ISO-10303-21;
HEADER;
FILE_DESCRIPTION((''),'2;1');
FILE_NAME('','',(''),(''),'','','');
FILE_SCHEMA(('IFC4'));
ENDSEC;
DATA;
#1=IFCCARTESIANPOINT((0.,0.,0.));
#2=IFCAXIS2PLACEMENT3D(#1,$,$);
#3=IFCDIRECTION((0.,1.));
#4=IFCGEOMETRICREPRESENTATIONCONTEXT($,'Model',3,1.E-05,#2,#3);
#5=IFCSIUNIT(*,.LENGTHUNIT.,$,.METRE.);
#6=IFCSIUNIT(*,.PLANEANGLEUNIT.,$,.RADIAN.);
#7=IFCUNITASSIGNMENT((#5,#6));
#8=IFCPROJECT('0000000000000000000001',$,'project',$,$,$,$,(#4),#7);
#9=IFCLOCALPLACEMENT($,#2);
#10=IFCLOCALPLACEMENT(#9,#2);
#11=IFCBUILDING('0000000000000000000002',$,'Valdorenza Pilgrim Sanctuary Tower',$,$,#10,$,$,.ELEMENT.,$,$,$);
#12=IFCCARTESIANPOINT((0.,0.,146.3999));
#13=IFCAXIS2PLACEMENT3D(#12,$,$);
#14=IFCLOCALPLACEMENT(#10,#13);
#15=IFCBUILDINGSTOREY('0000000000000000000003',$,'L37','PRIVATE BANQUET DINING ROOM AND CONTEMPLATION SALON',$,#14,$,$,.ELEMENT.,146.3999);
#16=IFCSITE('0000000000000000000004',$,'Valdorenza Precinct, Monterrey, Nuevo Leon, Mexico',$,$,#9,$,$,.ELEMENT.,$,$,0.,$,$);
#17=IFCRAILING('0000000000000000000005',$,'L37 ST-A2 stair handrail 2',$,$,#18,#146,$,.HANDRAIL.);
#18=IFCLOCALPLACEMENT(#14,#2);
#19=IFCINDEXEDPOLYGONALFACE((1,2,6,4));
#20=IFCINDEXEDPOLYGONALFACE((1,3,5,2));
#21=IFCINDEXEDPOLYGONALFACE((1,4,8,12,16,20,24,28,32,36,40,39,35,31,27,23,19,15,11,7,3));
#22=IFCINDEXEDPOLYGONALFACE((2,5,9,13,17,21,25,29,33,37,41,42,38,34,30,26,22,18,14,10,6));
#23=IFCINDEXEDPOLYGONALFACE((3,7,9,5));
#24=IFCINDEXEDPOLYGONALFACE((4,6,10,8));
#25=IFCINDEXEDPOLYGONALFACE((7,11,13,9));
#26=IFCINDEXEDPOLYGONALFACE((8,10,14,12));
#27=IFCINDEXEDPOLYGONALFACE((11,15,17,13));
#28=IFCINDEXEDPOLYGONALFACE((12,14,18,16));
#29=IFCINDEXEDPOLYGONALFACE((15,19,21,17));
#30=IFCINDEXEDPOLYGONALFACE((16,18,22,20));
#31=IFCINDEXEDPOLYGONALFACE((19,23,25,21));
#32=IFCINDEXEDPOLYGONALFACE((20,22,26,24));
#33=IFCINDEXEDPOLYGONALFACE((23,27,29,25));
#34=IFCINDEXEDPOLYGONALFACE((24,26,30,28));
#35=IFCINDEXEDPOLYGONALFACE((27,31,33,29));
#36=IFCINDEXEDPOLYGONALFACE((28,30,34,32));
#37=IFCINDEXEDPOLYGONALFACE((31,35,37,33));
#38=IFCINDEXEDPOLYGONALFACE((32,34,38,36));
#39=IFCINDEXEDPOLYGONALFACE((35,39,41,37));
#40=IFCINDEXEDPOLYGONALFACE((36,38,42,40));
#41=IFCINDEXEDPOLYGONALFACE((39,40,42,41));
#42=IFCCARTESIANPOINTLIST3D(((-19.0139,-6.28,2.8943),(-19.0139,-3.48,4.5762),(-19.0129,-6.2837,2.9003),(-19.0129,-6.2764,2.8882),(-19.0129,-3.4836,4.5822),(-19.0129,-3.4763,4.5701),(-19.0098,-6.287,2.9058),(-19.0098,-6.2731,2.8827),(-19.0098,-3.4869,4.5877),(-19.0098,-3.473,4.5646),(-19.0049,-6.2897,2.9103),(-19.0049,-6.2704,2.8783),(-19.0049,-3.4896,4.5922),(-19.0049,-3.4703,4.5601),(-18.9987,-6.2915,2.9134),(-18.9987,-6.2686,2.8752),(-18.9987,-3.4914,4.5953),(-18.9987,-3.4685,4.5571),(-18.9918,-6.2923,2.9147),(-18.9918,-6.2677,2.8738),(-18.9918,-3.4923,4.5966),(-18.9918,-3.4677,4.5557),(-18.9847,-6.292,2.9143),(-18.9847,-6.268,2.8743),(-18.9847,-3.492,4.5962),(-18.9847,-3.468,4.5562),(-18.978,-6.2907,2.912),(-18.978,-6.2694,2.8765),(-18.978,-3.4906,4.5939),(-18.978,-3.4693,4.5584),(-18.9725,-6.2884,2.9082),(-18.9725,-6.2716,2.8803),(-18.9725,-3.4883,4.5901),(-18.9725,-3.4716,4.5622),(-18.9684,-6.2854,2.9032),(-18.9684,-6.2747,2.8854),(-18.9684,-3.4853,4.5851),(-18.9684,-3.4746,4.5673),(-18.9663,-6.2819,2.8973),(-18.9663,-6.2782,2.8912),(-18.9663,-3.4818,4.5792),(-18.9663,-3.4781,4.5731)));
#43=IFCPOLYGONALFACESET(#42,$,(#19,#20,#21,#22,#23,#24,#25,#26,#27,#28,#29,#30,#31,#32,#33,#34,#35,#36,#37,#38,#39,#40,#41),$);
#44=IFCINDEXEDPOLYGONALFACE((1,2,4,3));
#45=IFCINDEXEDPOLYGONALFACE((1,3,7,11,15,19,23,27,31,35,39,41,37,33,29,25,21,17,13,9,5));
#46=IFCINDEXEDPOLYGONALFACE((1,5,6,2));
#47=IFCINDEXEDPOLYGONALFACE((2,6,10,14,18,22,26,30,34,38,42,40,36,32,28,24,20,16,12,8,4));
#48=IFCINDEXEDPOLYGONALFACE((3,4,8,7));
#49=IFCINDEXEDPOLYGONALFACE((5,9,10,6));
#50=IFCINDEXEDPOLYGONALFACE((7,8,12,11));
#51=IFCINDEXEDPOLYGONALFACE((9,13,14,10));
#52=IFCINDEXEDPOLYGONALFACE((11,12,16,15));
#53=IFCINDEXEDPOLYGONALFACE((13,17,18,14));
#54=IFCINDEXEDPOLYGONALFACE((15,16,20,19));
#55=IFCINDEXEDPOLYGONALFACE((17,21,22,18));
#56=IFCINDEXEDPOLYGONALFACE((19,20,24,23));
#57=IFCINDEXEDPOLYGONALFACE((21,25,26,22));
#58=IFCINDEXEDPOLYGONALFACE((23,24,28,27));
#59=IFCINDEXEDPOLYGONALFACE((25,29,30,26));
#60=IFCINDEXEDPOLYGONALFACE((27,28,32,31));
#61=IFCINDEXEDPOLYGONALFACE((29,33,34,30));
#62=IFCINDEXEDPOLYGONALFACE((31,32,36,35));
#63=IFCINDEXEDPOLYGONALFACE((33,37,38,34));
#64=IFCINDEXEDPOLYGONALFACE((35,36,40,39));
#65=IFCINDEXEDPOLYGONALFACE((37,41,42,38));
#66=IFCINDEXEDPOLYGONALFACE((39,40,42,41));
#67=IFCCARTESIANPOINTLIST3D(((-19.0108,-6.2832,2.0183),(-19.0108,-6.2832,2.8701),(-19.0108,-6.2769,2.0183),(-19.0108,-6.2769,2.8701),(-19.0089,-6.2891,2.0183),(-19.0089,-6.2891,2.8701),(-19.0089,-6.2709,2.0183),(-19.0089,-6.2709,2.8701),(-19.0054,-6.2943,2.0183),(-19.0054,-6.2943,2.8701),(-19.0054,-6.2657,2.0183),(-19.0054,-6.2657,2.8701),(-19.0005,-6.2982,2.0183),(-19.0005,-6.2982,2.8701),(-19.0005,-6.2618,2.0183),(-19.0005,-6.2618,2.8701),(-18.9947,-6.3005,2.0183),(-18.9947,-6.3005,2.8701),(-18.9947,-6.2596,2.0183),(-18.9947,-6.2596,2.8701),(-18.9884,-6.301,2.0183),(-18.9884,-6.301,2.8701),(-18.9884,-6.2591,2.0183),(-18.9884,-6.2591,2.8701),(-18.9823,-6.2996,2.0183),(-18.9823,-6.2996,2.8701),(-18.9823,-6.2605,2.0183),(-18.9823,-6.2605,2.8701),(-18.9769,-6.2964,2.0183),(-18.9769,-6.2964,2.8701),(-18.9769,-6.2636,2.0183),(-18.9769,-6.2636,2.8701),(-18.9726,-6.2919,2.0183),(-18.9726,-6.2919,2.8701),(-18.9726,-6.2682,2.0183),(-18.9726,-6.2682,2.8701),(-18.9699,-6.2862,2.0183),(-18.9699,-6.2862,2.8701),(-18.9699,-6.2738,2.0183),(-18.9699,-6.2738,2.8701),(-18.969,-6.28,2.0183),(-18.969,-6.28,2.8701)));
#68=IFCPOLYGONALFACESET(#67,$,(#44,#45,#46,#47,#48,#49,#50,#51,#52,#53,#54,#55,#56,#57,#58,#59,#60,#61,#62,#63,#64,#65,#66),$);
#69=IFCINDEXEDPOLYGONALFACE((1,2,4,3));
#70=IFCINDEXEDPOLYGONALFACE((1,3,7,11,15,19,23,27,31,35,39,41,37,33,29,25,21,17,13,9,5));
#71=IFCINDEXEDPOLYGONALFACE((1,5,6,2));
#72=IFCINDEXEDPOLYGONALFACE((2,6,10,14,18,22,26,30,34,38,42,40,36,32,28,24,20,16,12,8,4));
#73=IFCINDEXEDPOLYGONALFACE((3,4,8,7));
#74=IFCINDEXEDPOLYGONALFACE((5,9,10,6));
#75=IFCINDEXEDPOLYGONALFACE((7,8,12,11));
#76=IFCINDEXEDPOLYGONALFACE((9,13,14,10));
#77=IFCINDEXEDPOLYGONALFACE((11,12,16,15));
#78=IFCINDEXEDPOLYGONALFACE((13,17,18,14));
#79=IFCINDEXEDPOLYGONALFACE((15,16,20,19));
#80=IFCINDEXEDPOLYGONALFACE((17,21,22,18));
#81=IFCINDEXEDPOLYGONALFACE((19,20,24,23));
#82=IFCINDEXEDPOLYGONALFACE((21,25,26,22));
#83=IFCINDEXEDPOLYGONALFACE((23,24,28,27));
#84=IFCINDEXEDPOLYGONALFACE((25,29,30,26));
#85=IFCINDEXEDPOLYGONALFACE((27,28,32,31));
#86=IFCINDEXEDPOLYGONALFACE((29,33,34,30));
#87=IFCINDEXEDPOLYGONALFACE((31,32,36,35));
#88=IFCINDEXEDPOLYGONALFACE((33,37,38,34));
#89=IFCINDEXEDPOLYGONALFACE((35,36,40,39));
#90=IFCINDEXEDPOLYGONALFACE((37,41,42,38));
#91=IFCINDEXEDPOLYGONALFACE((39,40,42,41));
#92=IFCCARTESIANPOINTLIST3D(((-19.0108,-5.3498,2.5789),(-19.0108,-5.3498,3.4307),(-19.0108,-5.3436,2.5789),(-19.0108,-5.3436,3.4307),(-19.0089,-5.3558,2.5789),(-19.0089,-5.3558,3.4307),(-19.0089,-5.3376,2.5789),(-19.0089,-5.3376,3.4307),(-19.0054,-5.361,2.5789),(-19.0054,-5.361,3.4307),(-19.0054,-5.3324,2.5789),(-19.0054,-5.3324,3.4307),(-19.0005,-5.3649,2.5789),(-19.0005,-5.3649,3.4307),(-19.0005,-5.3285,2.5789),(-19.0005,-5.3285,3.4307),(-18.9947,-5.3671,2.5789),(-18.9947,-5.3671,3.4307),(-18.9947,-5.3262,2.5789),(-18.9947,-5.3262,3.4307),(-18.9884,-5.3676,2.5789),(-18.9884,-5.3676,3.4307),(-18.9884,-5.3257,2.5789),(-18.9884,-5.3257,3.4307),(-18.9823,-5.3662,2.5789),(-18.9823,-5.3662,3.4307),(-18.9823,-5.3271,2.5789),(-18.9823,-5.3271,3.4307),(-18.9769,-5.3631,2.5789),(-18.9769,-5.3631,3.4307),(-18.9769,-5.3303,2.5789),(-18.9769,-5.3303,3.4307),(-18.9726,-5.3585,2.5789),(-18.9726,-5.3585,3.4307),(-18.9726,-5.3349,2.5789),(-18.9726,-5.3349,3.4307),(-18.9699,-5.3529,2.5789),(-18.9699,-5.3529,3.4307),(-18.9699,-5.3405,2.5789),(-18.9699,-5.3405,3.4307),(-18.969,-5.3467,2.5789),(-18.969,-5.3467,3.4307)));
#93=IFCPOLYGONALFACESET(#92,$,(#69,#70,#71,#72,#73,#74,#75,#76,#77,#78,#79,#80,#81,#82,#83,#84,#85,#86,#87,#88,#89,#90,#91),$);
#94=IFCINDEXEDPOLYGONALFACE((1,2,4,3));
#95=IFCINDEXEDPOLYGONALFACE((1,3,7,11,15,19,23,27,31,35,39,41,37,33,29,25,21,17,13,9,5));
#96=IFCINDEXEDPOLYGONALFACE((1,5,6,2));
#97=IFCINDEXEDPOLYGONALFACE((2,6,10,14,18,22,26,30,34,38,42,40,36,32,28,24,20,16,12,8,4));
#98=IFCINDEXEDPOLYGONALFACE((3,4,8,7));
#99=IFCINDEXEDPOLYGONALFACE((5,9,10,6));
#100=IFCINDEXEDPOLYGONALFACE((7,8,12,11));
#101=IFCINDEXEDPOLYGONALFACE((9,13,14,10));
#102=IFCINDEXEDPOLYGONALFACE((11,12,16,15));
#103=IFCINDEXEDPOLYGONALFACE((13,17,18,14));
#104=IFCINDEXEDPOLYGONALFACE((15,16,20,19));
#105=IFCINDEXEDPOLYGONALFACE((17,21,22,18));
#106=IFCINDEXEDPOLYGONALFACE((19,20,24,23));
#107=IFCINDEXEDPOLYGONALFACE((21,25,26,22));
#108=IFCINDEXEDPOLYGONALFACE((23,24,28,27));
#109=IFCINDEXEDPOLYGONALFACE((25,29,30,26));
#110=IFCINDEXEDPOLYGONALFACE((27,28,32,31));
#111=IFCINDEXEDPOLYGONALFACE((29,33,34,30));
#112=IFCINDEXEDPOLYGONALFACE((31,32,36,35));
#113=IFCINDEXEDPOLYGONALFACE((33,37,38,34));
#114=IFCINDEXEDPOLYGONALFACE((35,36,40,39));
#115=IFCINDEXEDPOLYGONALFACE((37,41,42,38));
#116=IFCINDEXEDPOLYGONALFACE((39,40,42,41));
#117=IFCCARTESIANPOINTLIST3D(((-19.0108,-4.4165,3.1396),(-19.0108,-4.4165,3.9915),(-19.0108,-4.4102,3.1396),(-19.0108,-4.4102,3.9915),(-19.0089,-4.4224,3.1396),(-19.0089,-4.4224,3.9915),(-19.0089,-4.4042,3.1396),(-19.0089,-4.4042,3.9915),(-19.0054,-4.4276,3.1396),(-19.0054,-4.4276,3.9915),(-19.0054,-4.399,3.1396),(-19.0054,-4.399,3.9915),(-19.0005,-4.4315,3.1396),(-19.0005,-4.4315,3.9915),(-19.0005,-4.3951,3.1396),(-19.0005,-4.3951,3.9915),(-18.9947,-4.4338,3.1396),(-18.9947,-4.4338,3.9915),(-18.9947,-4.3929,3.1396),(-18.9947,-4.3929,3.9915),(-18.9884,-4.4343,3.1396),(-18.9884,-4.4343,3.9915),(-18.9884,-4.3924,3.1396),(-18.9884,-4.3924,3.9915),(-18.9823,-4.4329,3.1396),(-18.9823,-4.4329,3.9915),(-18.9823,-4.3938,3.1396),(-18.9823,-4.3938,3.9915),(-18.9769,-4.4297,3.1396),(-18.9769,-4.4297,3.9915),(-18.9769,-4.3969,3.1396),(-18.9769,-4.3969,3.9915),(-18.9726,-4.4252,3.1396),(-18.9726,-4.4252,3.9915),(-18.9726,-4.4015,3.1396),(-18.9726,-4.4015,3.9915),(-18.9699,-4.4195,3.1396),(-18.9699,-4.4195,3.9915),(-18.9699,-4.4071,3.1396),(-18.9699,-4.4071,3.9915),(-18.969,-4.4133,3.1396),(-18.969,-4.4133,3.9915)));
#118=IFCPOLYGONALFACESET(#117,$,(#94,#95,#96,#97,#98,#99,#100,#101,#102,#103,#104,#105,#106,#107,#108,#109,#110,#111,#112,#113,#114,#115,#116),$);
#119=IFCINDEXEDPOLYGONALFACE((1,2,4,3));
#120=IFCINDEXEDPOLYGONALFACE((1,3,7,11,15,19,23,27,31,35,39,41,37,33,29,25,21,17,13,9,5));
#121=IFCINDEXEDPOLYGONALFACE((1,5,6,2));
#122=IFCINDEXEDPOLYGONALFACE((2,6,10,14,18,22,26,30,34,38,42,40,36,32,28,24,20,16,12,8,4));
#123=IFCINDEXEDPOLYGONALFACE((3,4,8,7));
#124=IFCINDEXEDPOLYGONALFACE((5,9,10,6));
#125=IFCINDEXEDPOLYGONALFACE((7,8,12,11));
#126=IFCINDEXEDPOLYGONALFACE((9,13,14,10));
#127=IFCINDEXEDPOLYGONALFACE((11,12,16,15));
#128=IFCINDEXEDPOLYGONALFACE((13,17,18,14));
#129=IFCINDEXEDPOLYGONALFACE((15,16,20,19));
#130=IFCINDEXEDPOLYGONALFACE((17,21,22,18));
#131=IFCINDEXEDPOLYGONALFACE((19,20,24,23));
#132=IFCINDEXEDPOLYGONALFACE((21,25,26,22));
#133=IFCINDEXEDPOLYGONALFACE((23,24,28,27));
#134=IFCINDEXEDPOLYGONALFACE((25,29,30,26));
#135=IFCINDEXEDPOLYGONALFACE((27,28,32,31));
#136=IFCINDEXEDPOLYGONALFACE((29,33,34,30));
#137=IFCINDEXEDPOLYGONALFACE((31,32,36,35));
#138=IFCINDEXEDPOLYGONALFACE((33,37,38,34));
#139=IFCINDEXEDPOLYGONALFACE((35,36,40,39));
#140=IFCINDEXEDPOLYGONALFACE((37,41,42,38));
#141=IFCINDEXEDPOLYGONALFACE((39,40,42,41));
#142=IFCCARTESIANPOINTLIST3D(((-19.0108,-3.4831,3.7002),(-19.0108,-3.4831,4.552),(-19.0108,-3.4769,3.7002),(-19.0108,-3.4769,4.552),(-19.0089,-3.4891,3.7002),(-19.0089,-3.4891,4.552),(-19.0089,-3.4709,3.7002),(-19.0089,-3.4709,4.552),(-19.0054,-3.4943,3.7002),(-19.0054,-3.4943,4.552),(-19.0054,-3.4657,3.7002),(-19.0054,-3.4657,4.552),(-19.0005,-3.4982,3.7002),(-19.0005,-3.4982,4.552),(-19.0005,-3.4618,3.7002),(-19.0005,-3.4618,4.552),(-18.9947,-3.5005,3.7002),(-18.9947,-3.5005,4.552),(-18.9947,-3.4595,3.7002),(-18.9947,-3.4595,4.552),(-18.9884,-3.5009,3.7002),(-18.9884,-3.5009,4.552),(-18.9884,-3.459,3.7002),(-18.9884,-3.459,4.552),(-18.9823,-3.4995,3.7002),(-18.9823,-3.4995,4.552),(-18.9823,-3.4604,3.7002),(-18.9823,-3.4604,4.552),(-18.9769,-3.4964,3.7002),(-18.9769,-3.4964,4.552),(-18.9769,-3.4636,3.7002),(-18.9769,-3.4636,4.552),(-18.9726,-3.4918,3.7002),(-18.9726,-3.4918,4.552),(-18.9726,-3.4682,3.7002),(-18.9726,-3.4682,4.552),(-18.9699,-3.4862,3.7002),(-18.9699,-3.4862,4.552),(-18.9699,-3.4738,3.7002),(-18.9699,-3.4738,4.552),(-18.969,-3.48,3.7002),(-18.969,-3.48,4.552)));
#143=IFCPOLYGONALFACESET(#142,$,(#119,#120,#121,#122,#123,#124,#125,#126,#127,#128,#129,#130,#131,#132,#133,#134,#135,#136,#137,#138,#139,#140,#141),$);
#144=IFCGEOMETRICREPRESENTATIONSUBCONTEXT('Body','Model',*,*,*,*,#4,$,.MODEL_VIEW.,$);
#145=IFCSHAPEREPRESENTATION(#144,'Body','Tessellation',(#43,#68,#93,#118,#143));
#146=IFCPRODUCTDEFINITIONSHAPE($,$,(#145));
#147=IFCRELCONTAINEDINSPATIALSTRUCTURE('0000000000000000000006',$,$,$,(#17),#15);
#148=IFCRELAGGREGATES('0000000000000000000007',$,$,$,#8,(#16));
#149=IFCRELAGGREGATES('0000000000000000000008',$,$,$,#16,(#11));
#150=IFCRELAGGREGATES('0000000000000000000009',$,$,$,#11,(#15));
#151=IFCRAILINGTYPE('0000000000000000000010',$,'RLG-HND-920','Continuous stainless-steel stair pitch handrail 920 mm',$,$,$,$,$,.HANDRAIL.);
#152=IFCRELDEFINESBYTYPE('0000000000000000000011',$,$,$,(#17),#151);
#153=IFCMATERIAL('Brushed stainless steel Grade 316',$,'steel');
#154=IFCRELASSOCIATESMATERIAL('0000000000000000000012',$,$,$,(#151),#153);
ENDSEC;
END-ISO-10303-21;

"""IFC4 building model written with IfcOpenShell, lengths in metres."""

from ifc_helpers import new_model, si_unit, direction, frame, origin, origin_2d, place, context, subcontext, project, spatial, circle, extrude, material, type_object, element, save


model = new_model("IFC4")

# Units and contexts
model_context = context("Model", 3, precision=1e-05, world=origin(), true_north=direction((0.0, 1.0)))
body_context = subcontext(model_context, "Body", "Model", "MODEL_VIEW")
ifc_project = project(units=[si_unit("LENGTHUNIT", "METRE"), si_unit("PLANEANGLEUNIT", "RADIAN")], contexts=[model_context])

# Site, building, storey
site_placement = place(None, origin())
site = spatial("IfcSite", under=ifc_project, at=site_placement, Name="Valdorenza Precinct, Monterrey, Nuevo Leon, Mexico", CompositionType="ELEMENT", RefElevation=0.0)
building_placement = place(site_placement, origin())
building = spatial("IfcBuilding", under=site, at=building_placement, Name="Valdorenza Pilgrim Sanctuary Tower", CompositionType="ELEMENT")
storey_placement = place(building_placement, frame((0.0, 0.0, 146.3999)))
storey = spatial("IfcBuildingStorey", under=building, at=storey_placement, Name="L37", Description="PRIVATE BANQUET DINING ROOM AND CONTEMPLATION SALON", CompositionType="ELEMENT", Elevation=146.3999)

# Shared definitions
ifc_material_1 = material(Name="Brushed stainless steel Grade 316", Category="steel")

# Railing
railing_type_1 = type_object("IfcRailingType", Name="RLG-HND-920", Description="Continuous stainless-steel stair pitch handrail 920 mm", PredefinedType="HANDRAIL", material=ifc_material_1)
railing_1_placement = place(storey_placement, frame((-18.99, -6.28, 2.0183)))
element("IfcRailing", 1, at=railing_1_placement, inside=storey, type_object=railing_type_1, Name="L37 ST-A2 stair handrail 2", PredefinedType="HANDRAIL", context=body_context, shape_type="SweptSolid", body=[
    extrude(circle(Radius=0.0239, at=origin_2d()), frame((0.0, 0.0, 0.876), z_axis=(0.0, 0.857242, 0.514913), x_axis=(-1.0, 0.0, 0.0)), (0.0, 0.0, 1.0), 3.2664),
    extrude(circle(Radius=0.021, at=origin_2d()), origin(), (0.0, 0.0, 1.0), 0.8518),
    extrude(circle(Radius=0.021, at=origin_2d()), frame((0.0, 0.9333, 0.5605)), (0.0, 0.0, 1.0), 0.8518),
    extrude(circle(Radius=0.021, at=origin_2d()), frame((0.0, 1.8667, 1.1213)), (0.0, 0.0, 1.0), 0.8518),
    extrude(circle(Radius=0.021, at=origin_2d()), frame((0.0, 2.8, 1.6819)), (0.0, 0.0, 1.0), 0.8518),
])

save(model, "model.ifc")
